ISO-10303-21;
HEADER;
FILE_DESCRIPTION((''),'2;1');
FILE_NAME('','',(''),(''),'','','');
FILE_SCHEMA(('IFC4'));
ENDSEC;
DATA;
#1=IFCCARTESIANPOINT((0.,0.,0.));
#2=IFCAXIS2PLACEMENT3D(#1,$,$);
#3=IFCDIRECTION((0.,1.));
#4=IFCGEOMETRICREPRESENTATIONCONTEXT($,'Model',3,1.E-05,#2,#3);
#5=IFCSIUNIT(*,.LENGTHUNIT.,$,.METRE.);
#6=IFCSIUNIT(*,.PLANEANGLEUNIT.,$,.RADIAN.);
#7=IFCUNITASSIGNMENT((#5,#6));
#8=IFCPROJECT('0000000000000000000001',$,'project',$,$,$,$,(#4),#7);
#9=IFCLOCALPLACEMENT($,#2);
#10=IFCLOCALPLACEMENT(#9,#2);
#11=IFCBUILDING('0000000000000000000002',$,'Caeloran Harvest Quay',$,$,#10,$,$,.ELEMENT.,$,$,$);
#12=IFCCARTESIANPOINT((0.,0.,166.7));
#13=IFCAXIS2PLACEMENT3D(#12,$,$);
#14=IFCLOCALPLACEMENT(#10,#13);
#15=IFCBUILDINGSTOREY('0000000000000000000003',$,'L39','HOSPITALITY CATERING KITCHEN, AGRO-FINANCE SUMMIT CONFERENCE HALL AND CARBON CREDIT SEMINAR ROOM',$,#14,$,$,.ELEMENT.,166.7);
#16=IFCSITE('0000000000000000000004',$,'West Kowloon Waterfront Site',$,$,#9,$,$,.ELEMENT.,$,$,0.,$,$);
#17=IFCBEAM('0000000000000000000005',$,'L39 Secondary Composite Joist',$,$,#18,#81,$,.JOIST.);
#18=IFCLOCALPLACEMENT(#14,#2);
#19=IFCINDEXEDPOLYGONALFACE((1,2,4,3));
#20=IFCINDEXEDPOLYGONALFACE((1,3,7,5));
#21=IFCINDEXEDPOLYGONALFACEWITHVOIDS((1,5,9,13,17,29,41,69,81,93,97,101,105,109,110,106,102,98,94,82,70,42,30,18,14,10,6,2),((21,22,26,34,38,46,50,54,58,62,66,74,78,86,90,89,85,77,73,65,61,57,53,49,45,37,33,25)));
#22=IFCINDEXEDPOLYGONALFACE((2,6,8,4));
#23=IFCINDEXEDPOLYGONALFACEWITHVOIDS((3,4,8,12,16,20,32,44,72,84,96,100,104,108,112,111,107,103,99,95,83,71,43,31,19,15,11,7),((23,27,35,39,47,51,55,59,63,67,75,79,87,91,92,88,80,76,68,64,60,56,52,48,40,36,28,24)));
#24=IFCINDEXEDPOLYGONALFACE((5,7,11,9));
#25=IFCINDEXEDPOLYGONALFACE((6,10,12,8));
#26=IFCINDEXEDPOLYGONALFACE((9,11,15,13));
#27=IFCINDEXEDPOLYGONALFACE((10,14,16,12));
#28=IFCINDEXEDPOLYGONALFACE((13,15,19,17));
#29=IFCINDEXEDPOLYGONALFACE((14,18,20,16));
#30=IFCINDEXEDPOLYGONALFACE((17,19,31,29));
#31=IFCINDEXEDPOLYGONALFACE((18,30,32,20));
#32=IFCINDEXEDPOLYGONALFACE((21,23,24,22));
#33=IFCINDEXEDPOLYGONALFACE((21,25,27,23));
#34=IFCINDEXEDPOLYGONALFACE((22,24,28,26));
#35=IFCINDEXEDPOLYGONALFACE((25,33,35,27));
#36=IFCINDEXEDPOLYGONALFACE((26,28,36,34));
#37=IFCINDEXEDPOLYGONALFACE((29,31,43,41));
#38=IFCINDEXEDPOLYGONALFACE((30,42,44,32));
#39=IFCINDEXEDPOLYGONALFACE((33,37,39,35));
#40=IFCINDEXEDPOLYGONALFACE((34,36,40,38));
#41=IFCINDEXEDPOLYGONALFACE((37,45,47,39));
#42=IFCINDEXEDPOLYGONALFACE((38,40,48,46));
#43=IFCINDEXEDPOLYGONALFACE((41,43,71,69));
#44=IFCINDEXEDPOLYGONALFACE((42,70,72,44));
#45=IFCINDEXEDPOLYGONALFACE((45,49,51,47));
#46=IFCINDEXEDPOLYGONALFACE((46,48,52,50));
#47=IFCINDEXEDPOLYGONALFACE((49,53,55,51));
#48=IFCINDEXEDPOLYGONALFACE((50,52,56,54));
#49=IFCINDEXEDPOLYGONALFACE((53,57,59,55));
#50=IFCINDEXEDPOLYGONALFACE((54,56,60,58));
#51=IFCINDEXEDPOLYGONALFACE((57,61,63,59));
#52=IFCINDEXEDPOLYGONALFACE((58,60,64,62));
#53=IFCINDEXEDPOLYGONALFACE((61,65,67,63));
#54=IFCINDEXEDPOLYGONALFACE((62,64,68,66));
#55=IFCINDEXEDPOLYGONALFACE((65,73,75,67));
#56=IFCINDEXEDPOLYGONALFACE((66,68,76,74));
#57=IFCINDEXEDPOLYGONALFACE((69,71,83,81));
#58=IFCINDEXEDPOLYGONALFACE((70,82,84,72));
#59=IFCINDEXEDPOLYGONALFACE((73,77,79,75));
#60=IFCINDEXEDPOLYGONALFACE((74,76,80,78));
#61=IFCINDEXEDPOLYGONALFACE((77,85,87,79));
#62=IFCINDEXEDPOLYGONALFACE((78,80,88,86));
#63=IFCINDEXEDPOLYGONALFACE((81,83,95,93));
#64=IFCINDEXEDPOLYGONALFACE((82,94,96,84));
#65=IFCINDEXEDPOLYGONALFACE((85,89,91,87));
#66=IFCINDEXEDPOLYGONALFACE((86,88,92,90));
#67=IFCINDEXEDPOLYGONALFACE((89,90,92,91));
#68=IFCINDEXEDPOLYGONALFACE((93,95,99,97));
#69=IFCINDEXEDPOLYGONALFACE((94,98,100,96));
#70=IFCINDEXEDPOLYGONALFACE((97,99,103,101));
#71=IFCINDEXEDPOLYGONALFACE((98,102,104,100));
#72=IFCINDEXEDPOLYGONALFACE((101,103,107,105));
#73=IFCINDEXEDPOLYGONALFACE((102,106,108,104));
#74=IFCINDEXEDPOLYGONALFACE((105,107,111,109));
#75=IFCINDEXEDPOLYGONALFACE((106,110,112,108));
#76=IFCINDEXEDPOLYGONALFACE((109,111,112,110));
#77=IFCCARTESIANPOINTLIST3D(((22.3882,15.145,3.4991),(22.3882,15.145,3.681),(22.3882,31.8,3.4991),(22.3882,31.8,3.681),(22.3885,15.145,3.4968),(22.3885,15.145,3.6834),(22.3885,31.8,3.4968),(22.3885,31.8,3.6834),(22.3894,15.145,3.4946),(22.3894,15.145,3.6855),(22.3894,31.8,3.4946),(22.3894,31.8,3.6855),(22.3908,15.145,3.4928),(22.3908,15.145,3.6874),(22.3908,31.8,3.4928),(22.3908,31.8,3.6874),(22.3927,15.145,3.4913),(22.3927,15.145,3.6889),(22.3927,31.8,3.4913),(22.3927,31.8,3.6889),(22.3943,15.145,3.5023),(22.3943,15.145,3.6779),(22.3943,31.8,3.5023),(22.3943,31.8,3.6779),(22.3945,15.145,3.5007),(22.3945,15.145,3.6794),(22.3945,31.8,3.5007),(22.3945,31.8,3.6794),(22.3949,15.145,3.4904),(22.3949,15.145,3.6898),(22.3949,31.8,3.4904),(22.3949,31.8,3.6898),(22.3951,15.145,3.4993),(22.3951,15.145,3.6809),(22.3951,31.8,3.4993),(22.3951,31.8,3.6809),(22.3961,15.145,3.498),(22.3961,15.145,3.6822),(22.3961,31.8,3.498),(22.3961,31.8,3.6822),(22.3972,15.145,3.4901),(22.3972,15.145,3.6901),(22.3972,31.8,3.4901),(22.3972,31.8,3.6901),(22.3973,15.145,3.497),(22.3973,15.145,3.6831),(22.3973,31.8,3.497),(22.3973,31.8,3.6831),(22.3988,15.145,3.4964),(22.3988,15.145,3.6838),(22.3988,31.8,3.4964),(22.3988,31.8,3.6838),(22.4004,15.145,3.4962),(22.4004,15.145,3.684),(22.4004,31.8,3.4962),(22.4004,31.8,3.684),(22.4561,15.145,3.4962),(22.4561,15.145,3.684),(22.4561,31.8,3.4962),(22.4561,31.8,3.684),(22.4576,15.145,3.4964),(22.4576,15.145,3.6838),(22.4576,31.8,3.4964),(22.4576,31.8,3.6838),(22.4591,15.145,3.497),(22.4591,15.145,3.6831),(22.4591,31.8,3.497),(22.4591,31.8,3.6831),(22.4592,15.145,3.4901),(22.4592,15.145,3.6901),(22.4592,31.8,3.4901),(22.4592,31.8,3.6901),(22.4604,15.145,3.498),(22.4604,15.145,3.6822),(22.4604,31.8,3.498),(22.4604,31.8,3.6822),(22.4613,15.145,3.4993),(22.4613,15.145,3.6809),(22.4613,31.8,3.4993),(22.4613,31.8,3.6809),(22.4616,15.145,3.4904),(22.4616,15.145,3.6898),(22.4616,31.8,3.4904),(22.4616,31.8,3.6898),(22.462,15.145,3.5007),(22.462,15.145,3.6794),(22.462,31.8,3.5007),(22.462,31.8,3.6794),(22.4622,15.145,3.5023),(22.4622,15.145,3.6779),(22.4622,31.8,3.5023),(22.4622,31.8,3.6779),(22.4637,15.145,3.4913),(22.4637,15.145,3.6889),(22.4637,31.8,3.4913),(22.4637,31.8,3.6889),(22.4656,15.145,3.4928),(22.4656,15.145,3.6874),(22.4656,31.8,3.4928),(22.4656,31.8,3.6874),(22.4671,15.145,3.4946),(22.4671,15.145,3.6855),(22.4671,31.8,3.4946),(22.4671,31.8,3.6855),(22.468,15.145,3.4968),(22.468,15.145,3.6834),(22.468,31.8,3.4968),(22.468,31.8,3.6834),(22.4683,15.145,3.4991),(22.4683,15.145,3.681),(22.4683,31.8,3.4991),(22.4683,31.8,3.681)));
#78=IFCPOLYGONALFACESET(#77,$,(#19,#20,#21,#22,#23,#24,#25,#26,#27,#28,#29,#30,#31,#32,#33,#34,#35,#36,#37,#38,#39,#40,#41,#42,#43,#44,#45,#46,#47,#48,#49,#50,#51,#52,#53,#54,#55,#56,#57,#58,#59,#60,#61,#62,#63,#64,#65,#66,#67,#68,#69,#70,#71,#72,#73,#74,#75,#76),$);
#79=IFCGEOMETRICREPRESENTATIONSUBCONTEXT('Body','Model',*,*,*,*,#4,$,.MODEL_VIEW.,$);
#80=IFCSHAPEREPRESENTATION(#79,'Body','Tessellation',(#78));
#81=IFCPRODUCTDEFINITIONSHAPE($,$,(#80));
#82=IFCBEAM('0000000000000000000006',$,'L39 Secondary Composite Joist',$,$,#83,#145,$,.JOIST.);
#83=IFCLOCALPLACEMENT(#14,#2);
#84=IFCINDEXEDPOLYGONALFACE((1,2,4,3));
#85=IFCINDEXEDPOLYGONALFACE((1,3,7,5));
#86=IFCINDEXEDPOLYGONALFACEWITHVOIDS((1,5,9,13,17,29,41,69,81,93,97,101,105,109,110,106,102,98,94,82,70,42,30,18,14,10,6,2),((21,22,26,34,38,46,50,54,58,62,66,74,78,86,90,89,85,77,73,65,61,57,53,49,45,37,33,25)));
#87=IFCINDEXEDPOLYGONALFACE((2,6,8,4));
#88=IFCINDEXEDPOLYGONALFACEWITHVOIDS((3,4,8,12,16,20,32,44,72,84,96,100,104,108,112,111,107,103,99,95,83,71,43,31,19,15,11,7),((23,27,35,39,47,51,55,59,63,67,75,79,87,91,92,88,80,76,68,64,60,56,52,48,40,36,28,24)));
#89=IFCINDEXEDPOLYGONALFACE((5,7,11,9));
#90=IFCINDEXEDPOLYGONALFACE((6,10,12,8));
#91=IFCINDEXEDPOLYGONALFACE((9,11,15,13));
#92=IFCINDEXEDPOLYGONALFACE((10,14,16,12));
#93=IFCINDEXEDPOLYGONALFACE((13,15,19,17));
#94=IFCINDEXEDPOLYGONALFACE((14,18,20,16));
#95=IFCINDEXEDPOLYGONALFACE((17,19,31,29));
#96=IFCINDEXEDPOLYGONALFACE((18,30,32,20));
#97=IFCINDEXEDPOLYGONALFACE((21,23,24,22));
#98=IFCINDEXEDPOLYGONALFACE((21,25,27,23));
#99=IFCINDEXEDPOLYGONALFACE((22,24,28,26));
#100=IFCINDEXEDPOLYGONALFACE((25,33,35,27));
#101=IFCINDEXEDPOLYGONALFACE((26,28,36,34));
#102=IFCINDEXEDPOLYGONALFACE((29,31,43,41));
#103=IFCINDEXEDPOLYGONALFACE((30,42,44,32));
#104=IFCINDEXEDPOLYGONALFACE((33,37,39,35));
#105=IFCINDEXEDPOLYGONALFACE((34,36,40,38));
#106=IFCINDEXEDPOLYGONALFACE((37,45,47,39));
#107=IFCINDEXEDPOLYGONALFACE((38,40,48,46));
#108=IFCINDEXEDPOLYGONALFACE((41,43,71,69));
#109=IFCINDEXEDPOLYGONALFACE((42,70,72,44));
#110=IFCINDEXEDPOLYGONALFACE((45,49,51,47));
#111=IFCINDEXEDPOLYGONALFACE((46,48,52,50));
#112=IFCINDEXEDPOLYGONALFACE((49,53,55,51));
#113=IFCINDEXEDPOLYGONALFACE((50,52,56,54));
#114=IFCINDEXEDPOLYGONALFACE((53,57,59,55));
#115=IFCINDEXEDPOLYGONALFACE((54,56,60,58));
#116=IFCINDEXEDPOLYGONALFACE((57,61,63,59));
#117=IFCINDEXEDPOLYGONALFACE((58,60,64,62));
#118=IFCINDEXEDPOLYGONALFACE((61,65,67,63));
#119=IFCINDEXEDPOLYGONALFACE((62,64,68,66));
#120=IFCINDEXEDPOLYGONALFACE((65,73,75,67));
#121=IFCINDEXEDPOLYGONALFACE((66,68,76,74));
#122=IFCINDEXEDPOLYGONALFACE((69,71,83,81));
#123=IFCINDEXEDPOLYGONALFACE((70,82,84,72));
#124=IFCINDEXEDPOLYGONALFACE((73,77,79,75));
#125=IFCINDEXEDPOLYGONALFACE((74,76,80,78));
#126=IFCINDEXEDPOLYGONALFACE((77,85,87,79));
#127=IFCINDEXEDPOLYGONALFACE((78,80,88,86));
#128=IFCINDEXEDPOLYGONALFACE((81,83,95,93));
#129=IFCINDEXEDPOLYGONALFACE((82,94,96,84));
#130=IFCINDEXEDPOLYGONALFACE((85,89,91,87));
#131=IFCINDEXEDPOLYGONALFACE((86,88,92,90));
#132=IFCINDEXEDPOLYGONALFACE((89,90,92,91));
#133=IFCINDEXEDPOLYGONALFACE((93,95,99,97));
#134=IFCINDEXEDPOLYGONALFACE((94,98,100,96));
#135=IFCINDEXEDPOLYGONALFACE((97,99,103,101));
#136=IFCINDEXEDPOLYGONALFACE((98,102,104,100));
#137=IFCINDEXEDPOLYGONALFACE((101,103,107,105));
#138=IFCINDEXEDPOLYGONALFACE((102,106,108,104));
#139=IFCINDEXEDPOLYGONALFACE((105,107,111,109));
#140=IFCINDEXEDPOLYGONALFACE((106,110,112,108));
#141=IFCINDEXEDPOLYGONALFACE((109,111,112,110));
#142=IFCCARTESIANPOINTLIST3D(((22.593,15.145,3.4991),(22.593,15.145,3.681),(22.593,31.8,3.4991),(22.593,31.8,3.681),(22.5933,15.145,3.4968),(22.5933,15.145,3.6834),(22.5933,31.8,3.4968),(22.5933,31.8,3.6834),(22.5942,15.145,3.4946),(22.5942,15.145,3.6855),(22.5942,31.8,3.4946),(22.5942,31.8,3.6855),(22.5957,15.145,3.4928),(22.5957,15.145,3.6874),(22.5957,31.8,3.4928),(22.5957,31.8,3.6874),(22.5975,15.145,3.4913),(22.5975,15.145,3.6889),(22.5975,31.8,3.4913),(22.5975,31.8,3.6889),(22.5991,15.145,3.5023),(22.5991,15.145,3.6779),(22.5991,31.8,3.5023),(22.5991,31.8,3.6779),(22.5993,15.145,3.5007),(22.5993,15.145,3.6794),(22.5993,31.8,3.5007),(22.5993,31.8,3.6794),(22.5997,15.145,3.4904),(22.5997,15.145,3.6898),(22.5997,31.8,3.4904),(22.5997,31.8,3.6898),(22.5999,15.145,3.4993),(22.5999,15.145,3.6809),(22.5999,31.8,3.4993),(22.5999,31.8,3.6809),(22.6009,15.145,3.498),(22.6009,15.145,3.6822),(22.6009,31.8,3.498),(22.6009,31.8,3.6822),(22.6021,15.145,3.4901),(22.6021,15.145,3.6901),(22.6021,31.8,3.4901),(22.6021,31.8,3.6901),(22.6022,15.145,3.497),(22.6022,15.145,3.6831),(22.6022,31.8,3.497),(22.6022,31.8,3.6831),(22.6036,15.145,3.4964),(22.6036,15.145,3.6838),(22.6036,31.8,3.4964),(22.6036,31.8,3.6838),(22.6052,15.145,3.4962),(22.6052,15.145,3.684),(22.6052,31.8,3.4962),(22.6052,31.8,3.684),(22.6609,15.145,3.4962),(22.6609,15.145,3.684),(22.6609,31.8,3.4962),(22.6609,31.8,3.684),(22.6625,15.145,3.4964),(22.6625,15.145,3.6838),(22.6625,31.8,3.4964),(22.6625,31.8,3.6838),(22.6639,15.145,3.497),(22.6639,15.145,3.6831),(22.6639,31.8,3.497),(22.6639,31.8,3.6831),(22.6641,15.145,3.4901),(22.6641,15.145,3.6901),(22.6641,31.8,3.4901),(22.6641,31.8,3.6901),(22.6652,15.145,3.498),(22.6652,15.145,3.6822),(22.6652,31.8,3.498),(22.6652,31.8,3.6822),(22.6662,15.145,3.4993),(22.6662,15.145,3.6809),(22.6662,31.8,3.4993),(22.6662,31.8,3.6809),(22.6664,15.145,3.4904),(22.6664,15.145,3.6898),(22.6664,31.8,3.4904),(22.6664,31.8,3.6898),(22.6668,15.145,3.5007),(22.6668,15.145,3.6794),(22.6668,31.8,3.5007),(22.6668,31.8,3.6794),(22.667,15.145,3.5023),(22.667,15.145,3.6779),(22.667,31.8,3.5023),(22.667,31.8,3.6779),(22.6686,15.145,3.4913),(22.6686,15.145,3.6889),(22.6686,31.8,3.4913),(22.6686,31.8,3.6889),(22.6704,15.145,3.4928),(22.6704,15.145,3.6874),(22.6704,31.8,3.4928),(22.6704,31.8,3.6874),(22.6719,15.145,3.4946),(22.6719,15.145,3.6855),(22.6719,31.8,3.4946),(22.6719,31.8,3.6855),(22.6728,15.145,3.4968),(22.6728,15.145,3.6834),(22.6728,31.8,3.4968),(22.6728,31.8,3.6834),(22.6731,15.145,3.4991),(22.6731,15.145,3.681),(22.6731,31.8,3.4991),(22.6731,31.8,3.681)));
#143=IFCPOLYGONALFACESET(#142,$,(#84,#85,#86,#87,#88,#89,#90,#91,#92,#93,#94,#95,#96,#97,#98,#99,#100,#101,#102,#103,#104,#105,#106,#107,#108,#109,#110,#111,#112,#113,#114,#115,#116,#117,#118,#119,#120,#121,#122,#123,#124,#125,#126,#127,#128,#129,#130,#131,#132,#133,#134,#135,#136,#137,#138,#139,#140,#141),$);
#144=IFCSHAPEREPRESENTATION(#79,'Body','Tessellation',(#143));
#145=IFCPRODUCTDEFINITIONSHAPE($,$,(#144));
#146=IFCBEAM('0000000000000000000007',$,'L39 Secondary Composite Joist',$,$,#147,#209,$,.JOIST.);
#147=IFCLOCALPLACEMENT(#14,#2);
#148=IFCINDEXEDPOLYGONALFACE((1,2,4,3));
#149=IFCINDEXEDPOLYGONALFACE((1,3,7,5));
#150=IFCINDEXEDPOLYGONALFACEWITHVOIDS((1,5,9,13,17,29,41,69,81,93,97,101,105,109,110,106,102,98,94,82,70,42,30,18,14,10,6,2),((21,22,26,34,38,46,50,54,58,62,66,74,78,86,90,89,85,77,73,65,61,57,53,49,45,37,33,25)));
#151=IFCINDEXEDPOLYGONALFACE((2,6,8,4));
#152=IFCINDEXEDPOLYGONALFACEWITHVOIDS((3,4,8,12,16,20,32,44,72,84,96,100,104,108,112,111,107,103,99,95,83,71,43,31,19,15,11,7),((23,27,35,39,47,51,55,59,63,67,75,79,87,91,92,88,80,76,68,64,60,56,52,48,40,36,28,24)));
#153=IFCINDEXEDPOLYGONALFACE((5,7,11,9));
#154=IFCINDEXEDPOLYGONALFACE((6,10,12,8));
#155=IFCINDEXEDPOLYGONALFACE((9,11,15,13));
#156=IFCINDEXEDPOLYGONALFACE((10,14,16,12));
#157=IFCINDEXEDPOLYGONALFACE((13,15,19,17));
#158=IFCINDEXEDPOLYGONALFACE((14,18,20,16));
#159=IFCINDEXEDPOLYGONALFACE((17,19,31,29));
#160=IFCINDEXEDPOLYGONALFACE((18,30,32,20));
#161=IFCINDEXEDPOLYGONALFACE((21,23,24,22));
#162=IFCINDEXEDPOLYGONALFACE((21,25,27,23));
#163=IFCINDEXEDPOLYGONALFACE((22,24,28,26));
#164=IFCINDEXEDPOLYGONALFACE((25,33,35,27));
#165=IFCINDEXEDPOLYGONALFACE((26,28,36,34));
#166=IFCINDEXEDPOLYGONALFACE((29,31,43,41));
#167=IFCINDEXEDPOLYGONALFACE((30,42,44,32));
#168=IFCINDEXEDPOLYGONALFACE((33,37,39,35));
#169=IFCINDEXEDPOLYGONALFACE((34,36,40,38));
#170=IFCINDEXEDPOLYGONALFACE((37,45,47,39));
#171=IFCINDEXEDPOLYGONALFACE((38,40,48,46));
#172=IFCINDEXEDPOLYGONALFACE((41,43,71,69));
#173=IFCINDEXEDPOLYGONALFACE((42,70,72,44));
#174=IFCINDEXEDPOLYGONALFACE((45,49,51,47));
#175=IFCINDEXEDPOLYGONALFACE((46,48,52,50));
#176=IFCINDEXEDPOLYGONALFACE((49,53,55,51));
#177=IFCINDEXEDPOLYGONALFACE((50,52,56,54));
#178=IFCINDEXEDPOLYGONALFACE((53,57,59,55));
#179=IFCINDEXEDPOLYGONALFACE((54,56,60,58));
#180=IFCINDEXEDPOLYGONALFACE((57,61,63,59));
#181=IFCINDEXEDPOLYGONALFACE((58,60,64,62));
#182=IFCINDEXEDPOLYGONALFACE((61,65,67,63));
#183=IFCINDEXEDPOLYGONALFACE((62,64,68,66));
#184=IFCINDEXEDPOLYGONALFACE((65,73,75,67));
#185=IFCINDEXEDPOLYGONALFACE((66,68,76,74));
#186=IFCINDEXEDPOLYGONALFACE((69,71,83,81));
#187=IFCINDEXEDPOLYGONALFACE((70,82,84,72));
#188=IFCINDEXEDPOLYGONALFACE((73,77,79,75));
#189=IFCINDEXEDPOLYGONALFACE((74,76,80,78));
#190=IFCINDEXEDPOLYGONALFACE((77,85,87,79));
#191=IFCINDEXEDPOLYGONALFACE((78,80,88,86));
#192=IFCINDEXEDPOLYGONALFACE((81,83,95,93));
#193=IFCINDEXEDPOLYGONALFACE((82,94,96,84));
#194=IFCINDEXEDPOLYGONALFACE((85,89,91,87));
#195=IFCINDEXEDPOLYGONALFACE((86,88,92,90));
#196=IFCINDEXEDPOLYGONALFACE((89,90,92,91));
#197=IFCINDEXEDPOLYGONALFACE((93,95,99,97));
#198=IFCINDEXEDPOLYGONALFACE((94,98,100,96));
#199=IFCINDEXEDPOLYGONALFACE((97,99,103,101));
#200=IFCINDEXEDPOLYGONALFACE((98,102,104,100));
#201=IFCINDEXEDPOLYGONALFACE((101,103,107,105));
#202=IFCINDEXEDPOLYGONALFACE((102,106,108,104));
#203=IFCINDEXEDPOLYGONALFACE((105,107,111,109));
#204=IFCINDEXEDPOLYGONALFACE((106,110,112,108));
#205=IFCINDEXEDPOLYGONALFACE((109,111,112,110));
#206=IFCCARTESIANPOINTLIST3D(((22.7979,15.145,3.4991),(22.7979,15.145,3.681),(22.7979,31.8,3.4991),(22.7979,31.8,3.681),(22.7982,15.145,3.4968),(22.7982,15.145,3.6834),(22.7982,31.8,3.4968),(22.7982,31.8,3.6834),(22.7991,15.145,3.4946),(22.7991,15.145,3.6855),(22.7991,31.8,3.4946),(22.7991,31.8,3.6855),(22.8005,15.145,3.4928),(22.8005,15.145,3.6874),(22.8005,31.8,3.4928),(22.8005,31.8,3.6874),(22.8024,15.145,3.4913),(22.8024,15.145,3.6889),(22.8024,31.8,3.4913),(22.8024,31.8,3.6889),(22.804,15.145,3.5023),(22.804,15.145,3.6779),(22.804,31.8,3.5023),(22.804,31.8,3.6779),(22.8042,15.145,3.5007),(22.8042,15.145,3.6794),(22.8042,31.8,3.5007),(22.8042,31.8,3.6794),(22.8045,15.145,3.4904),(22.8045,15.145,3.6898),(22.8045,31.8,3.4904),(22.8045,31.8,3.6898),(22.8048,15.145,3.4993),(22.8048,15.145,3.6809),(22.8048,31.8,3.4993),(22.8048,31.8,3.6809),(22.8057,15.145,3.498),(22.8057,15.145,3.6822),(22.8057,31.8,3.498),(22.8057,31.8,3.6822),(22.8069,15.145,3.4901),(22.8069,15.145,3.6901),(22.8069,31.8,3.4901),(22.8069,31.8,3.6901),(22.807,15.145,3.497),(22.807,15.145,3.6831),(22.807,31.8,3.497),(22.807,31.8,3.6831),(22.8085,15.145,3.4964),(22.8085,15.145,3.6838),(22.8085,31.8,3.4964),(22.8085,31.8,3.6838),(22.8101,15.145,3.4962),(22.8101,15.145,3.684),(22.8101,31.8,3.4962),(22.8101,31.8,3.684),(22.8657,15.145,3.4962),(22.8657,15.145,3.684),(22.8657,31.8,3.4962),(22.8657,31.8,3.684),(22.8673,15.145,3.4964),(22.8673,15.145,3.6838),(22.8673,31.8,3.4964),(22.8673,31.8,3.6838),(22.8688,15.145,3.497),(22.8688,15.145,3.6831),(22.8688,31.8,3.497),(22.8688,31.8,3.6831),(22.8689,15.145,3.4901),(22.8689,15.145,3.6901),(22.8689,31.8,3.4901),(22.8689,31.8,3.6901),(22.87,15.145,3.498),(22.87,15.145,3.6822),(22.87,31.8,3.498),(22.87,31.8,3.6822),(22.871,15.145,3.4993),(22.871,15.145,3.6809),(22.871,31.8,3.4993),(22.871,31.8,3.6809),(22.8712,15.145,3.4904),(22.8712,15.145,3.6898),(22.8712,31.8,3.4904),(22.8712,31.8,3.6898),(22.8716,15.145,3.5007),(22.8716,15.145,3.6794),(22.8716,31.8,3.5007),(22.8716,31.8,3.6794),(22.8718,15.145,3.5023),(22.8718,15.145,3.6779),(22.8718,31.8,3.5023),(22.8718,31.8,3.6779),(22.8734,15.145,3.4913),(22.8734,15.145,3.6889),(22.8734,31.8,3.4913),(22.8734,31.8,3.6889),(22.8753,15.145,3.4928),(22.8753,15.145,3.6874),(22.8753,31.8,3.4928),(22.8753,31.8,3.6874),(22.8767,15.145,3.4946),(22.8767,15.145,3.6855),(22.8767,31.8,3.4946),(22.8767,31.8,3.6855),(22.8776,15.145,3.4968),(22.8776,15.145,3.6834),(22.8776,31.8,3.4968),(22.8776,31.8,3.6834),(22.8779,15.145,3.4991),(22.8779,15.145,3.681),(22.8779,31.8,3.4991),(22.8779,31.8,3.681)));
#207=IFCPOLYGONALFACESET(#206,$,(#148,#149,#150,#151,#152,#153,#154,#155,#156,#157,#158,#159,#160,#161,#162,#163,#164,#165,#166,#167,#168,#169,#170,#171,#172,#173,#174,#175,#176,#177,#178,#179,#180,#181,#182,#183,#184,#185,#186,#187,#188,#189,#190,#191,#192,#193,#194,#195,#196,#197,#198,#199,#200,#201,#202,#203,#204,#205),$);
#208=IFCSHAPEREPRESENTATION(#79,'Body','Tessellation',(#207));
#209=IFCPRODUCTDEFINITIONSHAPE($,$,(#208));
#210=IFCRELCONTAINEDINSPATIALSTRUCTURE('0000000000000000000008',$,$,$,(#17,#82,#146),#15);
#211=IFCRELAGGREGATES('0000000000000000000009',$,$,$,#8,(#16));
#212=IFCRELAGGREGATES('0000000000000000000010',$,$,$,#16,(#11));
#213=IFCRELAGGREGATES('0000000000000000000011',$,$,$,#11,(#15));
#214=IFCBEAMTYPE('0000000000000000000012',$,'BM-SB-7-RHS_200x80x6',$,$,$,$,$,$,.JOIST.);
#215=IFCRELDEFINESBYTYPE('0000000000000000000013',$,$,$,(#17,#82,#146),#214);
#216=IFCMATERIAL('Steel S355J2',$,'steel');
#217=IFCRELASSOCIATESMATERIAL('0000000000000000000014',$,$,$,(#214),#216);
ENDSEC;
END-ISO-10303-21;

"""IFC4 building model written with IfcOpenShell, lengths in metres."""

from ifc_helpers import new_model, si_unit, direction, frame, origin, origin_2d, place, context, subcontext, project, spatial, hollow_rectangle, extrude, material, material_profile, profile_set, type_object, element, save


model = new_model("IFC4")

# Units and contexts
model_context = context("Model", 3, precision=1e-05, world=origin(), true_north=direction((0.0, 1.0)))
body_context = subcontext(model_context, "Body", "Model", "MODEL_VIEW")
ifc_project = project(units=[si_unit("LENGTHUNIT", "METRE"), si_unit("PLANEANGLEUNIT", "RADIAN")], contexts=[model_context])

# Site, building, storey
site_placement = place(None, origin())
site = spatial("IfcSite", under=ifc_project, at=site_placement, Name="West Kowloon Waterfront Site", CompositionType="ELEMENT", RefElevation=0.0)
building_placement = place(site_placement, origin())
building = spatial("IfcBuilding", under=site, at=building_placement, Name="Caeloran Harvest Quay", CompositionType="ELEMENT")
storey_placement = place(building_placement, frame((0.0, 0.0, 166.7)))
storey = spatial("IfcBuildingStorey", under=building, at=storey_placement, Name="L39", Description="HOSPITALITY CATERING KITCHEN, AGRO-FINANCE SUMMIT CONFERENCE HALL AND CARBON CREDIT SEMINAR ROOM", CompositionType="ELEMENT", Elevation=166.7)

# Beams
ifc_material_1 = material(Name="Steel S355J2", Category="steel")
ifc_material_profile_1 = material_profile(ifc_material_1, hollow_rectangle(XDim=0.0801, YDim=0.2, WallThickness=0.0061, InnerFilletRadius=0.0061, OuterFilletRadius=0.009, at=origin_2d()), Name="RHS 200x80x6")
ifc_profile_set_1 = profile_set([ifc_material_profile_1], Name="Steel S355J2")
beam_type_1 = type_object("IfcBeamType", Name="BM-SB-7-RHS_200x80x6", PredefinedType="JOIST", material=ifc_profile_set_1)
for number, where, z_axis, x_axis, name in (
    (1, (22.4282, 15.145, 3.5901), (0.0, 1.0, 0.0), (-1.0, 0.0, 0.0), "L39 Secondary Composite Joist"),
    (2, (22.6331, 15.145, 3.5901), (0.0, 1.0, 0.0), (-1.0, 0.0, 0.0), "L39 Secondary Composite Joist"),
    (3, (22.8379, 15.145, 3.5901), (0.0, 1.0, 0.0), (-1.0, 0.0, 0.0), "L39 Secondary Composite Joist"),
):
    element("IfcBeam", number, at=place(storey_placement, frame(where, z_axis=z_axis, x_axis=x_axis)), inside=storey, type_object=beam_type_1, Name=name, PredefinedType="JOIST", context=body_context, shape_type="SweptSolid", body=[
        extrude(hollow_rectangle(XDim=0.0801, YDim=0.2, WallThickness=0.0061, InnerFilletRadius=0.0061, OuterFilletRadius=0.009, at=origin_2d()), origin(), (0.0, 0.0, 1.0), 16.655),
    ])

save(model, "model.ifc")
